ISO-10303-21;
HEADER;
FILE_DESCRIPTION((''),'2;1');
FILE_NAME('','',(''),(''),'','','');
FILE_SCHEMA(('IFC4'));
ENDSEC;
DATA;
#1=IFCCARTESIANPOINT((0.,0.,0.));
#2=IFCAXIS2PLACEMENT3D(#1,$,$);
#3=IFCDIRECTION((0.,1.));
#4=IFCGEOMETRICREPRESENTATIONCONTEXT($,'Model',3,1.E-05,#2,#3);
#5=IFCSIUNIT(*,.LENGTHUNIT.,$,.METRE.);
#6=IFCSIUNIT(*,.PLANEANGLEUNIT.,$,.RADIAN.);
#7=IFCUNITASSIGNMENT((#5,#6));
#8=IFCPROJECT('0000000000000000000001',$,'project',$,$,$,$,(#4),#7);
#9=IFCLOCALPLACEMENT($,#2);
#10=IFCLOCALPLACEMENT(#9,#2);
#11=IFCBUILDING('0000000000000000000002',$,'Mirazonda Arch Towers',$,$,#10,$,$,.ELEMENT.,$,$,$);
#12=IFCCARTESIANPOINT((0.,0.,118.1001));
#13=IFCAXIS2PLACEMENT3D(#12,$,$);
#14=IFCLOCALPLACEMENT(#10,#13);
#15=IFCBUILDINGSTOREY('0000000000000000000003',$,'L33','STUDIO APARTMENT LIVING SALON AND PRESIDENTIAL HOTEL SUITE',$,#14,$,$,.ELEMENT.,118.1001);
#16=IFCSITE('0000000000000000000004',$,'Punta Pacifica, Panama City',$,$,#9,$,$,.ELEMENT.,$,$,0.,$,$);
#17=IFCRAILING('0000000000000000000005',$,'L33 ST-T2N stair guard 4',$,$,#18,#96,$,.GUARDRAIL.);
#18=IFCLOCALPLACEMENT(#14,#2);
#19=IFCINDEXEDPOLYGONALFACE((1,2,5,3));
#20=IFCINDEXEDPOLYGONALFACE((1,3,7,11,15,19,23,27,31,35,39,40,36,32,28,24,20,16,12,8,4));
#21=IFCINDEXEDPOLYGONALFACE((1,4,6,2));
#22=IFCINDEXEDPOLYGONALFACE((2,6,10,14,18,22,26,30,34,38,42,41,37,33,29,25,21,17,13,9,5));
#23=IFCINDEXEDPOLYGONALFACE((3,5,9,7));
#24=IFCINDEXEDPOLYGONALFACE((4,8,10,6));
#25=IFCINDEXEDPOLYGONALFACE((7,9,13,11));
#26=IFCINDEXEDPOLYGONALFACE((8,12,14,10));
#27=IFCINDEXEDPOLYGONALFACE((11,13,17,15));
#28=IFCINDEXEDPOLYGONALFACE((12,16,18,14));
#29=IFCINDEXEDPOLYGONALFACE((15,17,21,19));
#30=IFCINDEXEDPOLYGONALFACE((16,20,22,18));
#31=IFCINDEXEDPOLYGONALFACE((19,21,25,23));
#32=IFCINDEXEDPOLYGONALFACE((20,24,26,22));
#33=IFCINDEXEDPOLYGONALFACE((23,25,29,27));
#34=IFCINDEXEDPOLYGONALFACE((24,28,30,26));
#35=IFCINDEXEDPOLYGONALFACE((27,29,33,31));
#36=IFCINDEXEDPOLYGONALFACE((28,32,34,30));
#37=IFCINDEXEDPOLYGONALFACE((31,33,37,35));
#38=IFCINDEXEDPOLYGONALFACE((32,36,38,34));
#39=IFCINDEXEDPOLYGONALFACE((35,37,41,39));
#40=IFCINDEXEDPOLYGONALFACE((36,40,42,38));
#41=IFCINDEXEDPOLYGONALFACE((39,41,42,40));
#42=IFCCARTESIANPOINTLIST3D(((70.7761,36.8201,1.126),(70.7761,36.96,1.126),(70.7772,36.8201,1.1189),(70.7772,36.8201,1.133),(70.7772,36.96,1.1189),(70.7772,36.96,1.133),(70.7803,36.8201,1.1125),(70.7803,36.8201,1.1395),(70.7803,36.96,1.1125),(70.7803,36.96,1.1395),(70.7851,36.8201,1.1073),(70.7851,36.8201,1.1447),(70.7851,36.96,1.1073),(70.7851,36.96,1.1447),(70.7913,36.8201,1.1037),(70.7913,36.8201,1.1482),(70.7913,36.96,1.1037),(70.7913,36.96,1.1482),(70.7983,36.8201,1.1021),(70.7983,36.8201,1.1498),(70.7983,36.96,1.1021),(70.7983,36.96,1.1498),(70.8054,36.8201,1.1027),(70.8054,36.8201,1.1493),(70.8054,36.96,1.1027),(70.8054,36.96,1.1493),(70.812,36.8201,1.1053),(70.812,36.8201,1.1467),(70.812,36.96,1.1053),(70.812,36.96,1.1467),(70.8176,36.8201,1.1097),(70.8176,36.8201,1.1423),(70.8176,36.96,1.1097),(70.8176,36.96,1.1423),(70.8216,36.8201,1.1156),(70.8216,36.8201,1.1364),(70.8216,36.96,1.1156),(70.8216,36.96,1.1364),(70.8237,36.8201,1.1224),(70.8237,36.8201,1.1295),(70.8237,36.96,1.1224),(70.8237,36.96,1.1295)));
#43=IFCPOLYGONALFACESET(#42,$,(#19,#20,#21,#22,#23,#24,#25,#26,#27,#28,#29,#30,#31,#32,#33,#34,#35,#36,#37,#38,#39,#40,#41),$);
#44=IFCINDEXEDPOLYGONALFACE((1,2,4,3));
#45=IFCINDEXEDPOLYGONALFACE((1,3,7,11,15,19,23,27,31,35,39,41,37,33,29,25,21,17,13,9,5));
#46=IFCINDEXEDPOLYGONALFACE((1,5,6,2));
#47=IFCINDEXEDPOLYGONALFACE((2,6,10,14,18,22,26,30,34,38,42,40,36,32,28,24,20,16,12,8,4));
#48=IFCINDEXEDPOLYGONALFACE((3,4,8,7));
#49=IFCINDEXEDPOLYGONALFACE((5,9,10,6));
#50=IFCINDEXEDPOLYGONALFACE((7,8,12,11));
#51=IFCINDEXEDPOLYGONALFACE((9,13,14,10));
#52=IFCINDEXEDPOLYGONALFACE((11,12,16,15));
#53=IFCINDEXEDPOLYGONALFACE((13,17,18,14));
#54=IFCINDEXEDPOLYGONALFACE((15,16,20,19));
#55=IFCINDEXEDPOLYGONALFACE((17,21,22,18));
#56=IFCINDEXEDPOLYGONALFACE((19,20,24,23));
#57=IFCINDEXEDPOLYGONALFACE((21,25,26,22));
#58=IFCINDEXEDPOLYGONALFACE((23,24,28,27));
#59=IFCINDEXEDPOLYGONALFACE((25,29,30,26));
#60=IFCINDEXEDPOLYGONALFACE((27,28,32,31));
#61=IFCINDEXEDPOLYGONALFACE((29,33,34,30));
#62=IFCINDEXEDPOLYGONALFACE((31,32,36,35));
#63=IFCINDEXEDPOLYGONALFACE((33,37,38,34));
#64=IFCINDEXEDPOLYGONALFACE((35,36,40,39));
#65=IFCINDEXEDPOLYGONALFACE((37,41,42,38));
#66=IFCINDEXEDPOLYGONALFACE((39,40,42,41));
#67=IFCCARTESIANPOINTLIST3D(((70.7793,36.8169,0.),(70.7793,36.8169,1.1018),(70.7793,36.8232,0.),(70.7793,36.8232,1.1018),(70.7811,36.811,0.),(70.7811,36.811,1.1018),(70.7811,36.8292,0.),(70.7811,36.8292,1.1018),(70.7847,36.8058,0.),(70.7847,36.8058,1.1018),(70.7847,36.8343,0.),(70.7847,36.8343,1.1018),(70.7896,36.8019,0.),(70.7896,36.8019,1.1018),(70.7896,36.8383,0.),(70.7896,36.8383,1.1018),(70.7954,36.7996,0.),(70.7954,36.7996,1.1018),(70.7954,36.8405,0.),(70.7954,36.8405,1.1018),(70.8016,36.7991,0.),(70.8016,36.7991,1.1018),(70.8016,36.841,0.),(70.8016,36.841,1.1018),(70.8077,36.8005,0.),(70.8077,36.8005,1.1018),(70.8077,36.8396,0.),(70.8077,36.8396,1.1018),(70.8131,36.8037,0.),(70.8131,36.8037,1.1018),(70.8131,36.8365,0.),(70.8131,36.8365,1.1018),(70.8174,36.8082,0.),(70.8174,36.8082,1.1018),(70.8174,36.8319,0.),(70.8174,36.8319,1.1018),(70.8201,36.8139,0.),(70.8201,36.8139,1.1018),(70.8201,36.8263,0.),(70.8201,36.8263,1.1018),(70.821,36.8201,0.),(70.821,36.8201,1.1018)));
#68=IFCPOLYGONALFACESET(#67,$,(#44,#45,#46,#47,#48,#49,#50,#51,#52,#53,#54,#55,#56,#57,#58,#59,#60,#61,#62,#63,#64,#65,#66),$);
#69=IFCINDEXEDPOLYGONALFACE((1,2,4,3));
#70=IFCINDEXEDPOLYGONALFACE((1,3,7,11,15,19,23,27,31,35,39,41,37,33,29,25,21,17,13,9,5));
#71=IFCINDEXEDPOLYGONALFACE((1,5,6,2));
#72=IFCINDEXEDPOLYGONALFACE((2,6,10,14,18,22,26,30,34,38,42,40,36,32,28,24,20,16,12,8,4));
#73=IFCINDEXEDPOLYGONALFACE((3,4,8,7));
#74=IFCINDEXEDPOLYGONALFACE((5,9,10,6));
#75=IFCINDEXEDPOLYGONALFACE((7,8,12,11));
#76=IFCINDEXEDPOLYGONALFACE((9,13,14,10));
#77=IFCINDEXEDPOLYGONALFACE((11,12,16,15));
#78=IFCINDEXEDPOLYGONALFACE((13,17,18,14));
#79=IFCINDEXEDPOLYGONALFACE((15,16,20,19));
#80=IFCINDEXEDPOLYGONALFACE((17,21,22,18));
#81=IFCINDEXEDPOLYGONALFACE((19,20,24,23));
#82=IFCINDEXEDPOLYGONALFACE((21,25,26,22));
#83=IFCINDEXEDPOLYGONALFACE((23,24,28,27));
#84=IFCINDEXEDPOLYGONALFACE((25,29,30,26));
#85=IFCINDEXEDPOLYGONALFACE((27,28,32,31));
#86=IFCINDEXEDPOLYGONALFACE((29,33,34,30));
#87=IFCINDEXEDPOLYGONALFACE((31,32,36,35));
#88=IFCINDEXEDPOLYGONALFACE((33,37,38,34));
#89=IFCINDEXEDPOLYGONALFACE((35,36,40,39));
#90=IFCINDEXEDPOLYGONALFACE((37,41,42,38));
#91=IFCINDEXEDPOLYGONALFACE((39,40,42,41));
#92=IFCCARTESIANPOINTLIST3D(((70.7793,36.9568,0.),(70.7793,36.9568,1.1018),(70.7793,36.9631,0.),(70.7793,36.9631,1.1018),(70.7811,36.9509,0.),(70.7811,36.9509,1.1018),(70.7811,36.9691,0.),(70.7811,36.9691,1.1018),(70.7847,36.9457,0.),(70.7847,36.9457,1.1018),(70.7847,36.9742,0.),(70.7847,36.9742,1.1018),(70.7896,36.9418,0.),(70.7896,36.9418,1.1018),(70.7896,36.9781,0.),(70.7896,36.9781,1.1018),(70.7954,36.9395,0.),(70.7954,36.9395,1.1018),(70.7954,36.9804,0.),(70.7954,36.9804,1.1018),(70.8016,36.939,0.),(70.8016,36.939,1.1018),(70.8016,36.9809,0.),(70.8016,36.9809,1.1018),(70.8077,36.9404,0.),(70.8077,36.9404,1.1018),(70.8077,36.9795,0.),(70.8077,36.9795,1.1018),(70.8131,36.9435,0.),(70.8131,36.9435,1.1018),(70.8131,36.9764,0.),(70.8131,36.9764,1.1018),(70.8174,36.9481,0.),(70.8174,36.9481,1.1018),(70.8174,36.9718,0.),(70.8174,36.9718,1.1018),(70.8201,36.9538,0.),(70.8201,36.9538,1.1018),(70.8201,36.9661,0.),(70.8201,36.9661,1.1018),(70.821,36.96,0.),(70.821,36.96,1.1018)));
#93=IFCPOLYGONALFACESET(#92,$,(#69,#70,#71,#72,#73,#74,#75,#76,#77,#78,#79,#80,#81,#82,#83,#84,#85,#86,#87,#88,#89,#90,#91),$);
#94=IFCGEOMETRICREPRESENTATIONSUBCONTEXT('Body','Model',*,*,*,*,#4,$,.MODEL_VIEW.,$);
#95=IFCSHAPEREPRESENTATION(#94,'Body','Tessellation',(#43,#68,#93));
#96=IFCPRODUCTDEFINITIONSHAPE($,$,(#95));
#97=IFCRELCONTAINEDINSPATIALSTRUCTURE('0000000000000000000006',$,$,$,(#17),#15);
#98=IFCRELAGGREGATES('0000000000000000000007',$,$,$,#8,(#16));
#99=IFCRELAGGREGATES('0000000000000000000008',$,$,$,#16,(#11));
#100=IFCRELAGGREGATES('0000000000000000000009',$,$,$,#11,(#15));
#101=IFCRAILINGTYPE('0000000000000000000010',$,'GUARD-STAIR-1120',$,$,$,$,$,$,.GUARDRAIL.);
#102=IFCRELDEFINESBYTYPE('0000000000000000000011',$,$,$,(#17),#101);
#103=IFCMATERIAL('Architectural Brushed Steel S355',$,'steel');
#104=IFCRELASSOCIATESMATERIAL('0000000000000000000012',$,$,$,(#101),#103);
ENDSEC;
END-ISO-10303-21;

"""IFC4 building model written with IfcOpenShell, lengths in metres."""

from ifc_helpers import new_model, si_unit, direction, frame, origin, origin_2d, place, context, subcontext, project, spatial, circle, extrude, material, type_object, element, save


model = new_model("IFC4")

# Units and contexts
model_context = context("Model", 3, precision=1e-05, world=origin(), true_north=direction((0.0, 1.0)))
body_context = subcontext(model_context, "Body", "Model", "MODEL_VIEW")
ifc_project = project(units=[si_unit("LENGTHUNIT", "METRE"), si_unit("PLANEANGLEUNIT", "RADIAN")], contexts=[model_context])

# Site, building, storey
site_placement = place(None, origin())
site = spatial("IfcSite", under=ifc_project, at=site_placement, Name="Punta Pacifica, Panama City", CompositionType="ELEMENT", RefElevation=0.0)
building_placement = place(site_placement, origin())
building = spatial("IfcBuilding", under=site, at=building_placement, Name="Mirazonda Arch Towers", CompositionType="ELEMENT")
storey_placement = place(building_placement, frame((0.0, 0.0, 118.1001)))
storey = spatial("IfcBuildingStorey", under=building, at=storey_placement, Name="L33", Description="STUDIO APARTMENT LIVING SALON AND PRESIDENTIAL HOTEL SUITE", CompositionType="ELEMENT", Elevation=118.1001)

# Railing
ifc_material_1 = material(Name="Architectural Brushed Steel S355", Category="steel")
railing_type = type_object("IfcRailingType", Name="GUARD-STAIR-1120", PredefinedType="GUARDRAIL", material=ifc_material_1)
railing_1_placement = place(storey_placement, frame((70.8, 36.8201, 0.0)))
element("IfcRailing", 1, at=railing_1_placement, inside=storey, type_object=railing_type, Name="L33 ST-T2N stair guard 4", PredefinedType="GUARDRAIL", context=body_context, shape_type="SweptSolid", body=[
    extrude(circle(Radius=0.0239, at=origin_2d()), frame((0.0, 0.0, 1.126), z_axis=(0.0, 1.0, 0.0), x_axis=(-1.0, 0.0, 0.0)), (0.0, 0.0, 1.0), 0.1399),
    extrude(circle(Radius=0.021, at=origin_2d()), origin(), (0.0, 0.0, 1.0), 1.1018),
    extrude(circle(Radius=0.021, at=origin_2d()), frame((0.0, 0.1399, 0.0)), (0.0, 0.0, 1.0), 1.1018),
])

save(model, "model.ifc")
